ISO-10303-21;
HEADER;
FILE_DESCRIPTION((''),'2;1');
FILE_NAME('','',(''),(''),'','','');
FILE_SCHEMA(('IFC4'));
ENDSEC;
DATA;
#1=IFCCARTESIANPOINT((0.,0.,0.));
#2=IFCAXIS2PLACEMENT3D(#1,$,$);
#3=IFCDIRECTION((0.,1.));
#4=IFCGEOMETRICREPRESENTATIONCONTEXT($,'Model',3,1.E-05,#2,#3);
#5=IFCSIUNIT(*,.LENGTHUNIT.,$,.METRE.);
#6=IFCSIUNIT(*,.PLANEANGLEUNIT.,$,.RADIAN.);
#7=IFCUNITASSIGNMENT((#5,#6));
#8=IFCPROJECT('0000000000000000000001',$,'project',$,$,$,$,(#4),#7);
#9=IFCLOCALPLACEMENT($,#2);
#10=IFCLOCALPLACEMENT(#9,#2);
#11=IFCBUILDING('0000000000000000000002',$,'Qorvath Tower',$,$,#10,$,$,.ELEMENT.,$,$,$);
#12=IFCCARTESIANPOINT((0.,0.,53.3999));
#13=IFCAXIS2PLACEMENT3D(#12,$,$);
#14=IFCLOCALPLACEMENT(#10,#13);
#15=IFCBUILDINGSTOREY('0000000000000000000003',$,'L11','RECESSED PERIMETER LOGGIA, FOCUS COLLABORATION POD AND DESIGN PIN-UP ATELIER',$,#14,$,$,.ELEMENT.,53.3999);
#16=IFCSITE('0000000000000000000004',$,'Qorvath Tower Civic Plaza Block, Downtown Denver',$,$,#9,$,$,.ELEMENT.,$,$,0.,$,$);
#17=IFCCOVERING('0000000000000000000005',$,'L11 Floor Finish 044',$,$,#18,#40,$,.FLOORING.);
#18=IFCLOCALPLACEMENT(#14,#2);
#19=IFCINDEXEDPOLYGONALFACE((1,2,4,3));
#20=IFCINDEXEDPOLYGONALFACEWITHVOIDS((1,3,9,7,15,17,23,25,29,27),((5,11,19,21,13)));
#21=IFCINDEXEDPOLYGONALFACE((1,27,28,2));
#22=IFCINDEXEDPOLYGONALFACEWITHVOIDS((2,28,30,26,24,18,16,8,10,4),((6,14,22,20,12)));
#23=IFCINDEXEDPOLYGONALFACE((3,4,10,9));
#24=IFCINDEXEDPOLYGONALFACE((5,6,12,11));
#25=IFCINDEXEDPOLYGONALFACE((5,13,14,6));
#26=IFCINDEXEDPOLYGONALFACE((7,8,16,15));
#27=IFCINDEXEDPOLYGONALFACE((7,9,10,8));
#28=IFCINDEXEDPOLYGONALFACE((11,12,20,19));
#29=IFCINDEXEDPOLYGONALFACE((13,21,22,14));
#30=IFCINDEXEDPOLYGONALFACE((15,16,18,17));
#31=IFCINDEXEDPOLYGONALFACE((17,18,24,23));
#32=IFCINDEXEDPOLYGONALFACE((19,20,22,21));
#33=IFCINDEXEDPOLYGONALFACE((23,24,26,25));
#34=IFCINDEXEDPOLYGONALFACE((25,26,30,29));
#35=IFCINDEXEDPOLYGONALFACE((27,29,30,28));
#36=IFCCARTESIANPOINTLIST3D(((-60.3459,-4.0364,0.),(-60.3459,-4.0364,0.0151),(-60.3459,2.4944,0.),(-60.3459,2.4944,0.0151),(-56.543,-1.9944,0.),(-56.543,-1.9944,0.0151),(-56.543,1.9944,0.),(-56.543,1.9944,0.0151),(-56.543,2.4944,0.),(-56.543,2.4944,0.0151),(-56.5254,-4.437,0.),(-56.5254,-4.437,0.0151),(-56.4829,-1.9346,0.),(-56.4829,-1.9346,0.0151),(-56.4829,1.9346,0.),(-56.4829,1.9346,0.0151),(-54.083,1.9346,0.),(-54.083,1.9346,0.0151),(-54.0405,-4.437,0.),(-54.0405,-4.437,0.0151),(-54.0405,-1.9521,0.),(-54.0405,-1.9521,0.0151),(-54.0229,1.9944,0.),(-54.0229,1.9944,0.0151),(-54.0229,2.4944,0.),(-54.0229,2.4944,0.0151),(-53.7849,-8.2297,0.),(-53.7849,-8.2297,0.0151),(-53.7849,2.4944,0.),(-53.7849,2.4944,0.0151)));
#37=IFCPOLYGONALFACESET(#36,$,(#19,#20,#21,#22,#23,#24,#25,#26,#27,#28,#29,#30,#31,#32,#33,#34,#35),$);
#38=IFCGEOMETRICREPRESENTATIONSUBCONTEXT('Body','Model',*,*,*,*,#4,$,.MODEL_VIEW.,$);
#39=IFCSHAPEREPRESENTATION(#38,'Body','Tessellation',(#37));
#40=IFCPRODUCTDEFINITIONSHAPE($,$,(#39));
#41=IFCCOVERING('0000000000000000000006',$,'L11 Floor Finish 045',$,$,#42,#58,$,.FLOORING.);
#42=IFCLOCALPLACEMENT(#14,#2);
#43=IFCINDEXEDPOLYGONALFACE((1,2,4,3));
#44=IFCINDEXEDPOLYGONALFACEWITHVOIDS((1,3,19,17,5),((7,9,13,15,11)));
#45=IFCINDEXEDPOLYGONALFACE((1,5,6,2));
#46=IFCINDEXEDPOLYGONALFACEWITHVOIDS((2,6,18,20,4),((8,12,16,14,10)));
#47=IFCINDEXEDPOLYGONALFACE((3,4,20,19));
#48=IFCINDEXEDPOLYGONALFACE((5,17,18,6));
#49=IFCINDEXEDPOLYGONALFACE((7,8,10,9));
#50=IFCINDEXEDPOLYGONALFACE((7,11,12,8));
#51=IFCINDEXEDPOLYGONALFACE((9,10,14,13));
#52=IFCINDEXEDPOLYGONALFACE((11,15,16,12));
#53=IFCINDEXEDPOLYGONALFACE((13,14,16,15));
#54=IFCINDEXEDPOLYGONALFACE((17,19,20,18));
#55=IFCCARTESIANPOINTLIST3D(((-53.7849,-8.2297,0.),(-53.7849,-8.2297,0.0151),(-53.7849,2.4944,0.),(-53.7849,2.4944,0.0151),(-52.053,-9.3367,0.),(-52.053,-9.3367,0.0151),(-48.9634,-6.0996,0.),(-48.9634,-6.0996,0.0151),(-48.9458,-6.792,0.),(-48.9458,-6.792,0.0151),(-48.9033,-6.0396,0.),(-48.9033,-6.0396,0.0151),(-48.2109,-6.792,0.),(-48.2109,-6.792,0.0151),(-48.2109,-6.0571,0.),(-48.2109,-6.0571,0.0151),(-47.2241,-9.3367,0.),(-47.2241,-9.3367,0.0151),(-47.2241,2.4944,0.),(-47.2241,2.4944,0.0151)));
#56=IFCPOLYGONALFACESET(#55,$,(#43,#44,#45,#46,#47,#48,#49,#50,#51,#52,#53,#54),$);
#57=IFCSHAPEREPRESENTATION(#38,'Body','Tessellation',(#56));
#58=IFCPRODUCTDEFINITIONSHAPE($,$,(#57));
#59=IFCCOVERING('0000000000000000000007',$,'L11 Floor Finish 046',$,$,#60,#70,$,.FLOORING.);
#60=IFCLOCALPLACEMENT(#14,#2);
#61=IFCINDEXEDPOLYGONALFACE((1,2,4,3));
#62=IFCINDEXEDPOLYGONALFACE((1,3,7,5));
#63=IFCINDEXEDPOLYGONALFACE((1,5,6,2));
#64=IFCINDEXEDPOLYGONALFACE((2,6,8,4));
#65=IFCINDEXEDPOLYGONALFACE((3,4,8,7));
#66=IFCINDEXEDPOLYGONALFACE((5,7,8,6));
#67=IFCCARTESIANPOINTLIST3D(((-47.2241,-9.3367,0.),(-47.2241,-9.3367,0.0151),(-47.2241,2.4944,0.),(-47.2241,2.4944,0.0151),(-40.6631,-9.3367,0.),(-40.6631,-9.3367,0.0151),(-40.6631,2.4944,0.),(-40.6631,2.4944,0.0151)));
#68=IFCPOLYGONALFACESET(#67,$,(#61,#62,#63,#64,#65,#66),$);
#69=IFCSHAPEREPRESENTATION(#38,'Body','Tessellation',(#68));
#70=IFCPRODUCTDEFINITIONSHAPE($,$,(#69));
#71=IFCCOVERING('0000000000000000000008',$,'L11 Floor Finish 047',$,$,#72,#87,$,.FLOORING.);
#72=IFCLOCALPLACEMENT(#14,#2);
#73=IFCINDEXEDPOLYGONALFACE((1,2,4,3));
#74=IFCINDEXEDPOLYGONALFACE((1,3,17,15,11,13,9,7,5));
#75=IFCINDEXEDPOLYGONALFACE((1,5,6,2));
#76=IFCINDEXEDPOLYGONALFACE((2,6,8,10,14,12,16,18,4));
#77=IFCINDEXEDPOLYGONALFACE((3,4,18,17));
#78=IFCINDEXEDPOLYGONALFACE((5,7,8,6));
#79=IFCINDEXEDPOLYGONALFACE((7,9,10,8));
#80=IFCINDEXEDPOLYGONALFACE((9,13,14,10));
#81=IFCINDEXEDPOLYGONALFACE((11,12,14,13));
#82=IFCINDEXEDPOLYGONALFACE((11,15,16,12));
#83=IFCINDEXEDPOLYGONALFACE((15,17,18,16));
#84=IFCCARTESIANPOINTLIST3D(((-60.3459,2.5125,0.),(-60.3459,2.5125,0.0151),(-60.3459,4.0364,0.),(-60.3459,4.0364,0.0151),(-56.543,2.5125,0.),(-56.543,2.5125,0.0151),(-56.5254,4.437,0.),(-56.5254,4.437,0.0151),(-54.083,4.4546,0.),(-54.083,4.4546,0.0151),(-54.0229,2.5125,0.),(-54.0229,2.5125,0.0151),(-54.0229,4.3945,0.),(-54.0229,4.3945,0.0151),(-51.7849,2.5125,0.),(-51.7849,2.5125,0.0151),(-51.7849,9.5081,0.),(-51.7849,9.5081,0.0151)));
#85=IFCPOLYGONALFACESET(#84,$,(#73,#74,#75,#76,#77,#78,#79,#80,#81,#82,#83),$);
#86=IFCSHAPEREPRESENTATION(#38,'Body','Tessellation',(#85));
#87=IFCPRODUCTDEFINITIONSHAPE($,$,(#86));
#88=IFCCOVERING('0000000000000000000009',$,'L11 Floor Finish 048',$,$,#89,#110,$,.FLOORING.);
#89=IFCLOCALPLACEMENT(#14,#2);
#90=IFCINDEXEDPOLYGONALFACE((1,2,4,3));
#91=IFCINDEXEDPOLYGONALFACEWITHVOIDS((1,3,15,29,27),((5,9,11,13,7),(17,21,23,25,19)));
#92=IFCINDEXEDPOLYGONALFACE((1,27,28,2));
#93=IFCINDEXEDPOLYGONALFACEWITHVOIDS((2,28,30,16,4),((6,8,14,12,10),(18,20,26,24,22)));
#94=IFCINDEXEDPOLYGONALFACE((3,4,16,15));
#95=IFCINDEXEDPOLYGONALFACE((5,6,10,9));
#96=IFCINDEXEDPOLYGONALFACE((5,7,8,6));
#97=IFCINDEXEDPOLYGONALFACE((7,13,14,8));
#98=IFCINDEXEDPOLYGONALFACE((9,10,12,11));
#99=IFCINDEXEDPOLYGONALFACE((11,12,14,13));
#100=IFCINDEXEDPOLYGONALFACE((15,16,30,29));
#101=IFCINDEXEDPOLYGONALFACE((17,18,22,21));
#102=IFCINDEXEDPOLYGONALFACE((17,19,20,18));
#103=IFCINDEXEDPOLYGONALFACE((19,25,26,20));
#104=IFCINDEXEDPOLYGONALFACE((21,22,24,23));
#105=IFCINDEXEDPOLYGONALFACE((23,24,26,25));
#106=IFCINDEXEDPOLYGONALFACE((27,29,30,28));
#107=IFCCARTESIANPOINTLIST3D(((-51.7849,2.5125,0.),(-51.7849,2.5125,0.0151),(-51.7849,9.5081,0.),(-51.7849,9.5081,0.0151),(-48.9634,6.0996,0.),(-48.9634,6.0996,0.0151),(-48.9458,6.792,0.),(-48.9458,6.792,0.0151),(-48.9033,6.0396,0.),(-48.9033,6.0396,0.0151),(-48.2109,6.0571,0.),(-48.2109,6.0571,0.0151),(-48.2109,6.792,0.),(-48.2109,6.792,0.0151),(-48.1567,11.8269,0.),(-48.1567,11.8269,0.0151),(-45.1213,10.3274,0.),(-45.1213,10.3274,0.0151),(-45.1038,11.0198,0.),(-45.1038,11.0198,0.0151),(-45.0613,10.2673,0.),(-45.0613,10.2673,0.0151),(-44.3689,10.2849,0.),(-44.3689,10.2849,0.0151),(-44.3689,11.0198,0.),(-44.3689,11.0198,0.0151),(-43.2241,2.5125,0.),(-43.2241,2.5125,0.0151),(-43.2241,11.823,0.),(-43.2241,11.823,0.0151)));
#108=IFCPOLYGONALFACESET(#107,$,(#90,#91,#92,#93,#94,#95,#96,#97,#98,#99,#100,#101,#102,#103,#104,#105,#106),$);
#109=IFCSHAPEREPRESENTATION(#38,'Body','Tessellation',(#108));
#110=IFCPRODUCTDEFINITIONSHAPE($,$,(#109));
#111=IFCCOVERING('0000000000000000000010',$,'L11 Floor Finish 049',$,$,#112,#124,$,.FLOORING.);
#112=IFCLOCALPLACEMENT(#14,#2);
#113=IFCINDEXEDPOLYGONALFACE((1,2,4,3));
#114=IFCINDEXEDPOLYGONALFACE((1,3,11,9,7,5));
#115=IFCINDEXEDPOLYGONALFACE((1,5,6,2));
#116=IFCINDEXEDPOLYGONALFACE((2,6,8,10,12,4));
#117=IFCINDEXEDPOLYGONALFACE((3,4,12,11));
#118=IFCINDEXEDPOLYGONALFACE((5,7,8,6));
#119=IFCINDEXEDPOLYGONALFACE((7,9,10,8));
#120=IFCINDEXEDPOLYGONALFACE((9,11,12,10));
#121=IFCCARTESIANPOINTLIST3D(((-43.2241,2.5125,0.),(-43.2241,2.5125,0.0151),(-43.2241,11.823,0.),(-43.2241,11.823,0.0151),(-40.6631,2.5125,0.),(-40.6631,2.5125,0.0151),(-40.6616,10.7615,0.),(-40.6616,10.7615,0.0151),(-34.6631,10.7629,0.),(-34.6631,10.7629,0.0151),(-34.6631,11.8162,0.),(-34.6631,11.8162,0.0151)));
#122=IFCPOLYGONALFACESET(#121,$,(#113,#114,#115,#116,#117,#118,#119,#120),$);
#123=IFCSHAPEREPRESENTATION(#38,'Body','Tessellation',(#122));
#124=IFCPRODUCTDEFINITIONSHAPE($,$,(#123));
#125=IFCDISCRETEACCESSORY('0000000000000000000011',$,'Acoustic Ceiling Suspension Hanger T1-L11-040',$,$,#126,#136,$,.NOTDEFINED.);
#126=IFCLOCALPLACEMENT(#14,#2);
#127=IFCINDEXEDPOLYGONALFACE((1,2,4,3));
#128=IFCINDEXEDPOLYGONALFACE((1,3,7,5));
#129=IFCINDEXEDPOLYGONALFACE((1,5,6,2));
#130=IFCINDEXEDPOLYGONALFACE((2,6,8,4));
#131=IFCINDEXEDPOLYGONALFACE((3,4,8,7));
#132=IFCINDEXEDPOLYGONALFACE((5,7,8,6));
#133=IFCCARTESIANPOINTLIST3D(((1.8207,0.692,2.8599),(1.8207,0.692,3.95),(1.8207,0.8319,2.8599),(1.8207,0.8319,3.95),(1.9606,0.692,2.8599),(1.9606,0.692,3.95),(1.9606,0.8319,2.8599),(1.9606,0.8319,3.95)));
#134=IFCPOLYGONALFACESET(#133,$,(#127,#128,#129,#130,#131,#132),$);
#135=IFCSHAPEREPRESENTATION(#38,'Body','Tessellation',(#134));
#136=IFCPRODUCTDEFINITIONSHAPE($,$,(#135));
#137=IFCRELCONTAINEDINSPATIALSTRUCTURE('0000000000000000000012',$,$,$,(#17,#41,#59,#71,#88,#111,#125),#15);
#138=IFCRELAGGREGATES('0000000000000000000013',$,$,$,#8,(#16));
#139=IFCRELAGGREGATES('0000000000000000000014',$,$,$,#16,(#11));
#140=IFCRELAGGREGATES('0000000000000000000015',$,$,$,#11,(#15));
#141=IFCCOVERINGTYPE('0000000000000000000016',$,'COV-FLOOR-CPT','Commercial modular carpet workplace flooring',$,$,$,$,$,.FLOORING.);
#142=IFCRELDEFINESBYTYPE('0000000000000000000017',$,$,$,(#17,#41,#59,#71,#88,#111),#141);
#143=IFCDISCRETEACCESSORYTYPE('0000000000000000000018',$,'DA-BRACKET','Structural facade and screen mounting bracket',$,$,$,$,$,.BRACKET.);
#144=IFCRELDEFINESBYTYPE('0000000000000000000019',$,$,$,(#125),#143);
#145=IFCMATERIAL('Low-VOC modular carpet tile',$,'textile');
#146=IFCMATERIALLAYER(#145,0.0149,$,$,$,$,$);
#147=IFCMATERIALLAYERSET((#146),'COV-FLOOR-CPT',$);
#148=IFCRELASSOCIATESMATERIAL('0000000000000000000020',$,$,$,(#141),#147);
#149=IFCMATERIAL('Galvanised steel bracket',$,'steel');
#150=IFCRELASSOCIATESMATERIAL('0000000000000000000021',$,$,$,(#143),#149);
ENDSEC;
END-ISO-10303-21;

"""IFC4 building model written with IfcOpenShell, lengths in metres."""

from ifc_helpers import new_model, si_unit, direction, frame, origin, origin_2d, place, context, subcontext, project, spatial, polyline, rectangle, outline, extrude, material, layer, layer_set, type_object, element, save


model = new_model("IFC4")

# Units and contexts
model_context = context("Model", 3, precision=1e-05, world=origin(), true_north=direction((0.0, 1.0)))
body_context = subcontext(model_context, "Body", "Model", "MODEL_VIEW")
ifc_project = project(units=[si_unit("LENGTHUNIT", "METRE"), si_unit("PLANEANGLEUNIT", "RADIAN")], contexts=[model_context])

# Site, building, storey
site_placement = place(None, origin())
site = spatial("IfcSite", under=ifc_project, at=site_placement, Name="Qorvath Tower Civic Plaza Block, Downtown Denver", CompositionType="ELEMENT", RefElevation=0.0)
building_placement = place(site_placement, origin())
building = spatial("IfcBuilding", under=site, at=building_placement, Name="Qorvath Tower", CompositionType="ELEMENT")
storey_placement = place(building_placement, frame((0.0, 0.0, 53.3999)))
storey = spatial("IfcBuildingStorey", under=building, at=storey_placement, Name="L11", Description="RECESSED PERIMETER LOGGIA, FOCUS COLLABORATION POD AND DESIGN PIN-UP ATELIER", CompositionType="ELEMENT", Elevation=53.3999)

# Coverings
ifc_material_1 = material(Name="Low-VOC modular carpet tile", Category="textile")
ifc_layer_1 = layer(ifc_material_1, 0.0149)
ifc_layer_set_1 = layer_set([ifc_layer_1], Name="COV-FLOOR-CPT")
covering_type_1 = type_object("IfcCoveringType", Name="COV-FLOOR-CPT", Description="Commercial modular carpet workplace flooring", PredefinedType="FLOORING", material=ifc_layer_set_1)
covering_1_placement = place(storey_placement, origin())
element("IfcCovering", 1, at=covering_1_placement, inside=storey, type_object=covering_type_1, Name="L11 Floor Finish 044", PredefinedType="FLOORING", context=body_context, shape_type="SweptSolid", body=[
    extrude(outline(polyline([(-56.543, 2.4944), (-60.3459, 2.4944), (-60.3459, -4.0364), (-53.7849, -8.2297), (-53.7849, 2.4944), (-54.0229, 2.4944), (-54.0229, 1.9944), (-54.083, 1.9346), (-56.4829, 1.9346), (-56.543, 1.9944), (-56.543, 2.4944)]), holes=[polyline([(-56.543, -1.9944), (-56.4829, -1.9346), (-54.0405, -1.9521), (-54.0405, -4.437), (-56.5254, -4.437), (-56.543, -1.9944)])]), origin(), (0.0, 0.0, 1.0), 0.0151),
])
covering_2_placement = place(storey_placement, origin())
element("IfcCovering", 2, at=covering_2_placement, inside=storey, type_object=covering_type_1, Name="L11 Floor Finish 045", PredefinedType="FLOORING", context=body_context, shape_type="SweptSolid", body=[
    extrude(outline(polyline([(-53.7849, 2.4944), (-53.7849, -8.2297), (-52.053, -9.3367), (-47.2241, -9.3367), (-47.2241, 2.4944), (-53.7849, 2.4944)]), holes=[polyline([(-48.9634, -6.0996), (-48.9033, -6.0396), (-48.2109, -6.0571), (-48.2109, -6.792), (-48.9458, -6.792), (-48.9634, -6.0996)])]), origin(), (0.0, 0.0, 1.0), 0.0151),
])
covering_3_placement = place(storey_placement, origin())
element("IfcCovering", 3, at=covering_3_placement, inside=storey, type_object=covering_type_1, Name="L11 Floor Finish 046", PredefinedType="FLOORING", context=body_context, shape_type="SweptSolid", body=[
    extrude(outline(polyline([(-47.2241, 2.4944), (-47.2241, -9.3367), (-40.6631, -9.3367), (-40.6631, 2.4944), (-47.2241, 2.4944)])), origin(), (0.0, 0.0, 1.0), 0.0151),
])
covering_4_placement = place(storey_placement, origin())
element("IfcCovering", 4, at=covering_4_placement, inside=storey, type_object=covering_type_1, Name="L11 Floor Finish 047", PredefinedType="FLOORING", context=body_context, shape_type="SweptSolid", body=[
    extrude(outline(polyline([(-60.3459, 4.0364), (-60.3459, 2.5125), (-56.543, 2.5125), (-56.5254, 4.437), (-54.083, 4.4546), (-54.0229, 4.3945), (-54.0229, 2.5125), (-51.7849, 2.5125), (-51.7849, 9.5081), (-60.3459, 4.0364)])), origin(), (0.0, 0.0, 1.0), 0.0151),
])
covering_5_placement = place(storey_placement, origin())
element("IfcCovering", 5, at=covering_5_placement, inside=storey, type_object=covering_type_1, Name="L11 Floor Finish 048", PredefinedType="FLOORING", context=body_context, shape_type="SweptSolid", body=[
    extrude(outline(polyline([(-51.7849, 9.5081), (-51.7849, 2.5125), (-43.2241, 2.5125), (-43.2241, 11.823), (-48.1567, 11.8269), (-51.7849, 9.5081)]), holes=[polyline([(-45.1213, 10.3274), (-45.1038, 11.0198), (-44.3689, 11.0198), (-44.3689, 10.2849), (-45.0613, 10.2673), (-45.1213, 10.3274)]), polyline([(-48.9634, 6.0996), (-48.9458, 6.792), (-48.2109, 6.792), (-48.2109, 6.0571), (-48.9033, 6.0396), (-48.9634, 6.0996)])]), origin(), (0.0, 0.0, 1.0), 0.0151),
])
covering_6_placement = place(storey_placement, origin())
element("IfcCovering", 6, at=covering_6_placement, inside=storey, type_object=covering_type_1, Name="L11 Floor Finish 049", PredefinedType="FLOORING", context=body_context, shape_type="SweptSolid", body=[
    extrude(outline(polyline([(-43.2241, 11.823), (-43.2241, 2.5125), (-40.6631, 2.5125), (-40.6616, 10.7615), (-34.6631, 10.7629), (-34.6631, 11.8162), (-43.2241, 11.823)])), origin(), (0.0, 0.0, 1.0), 0.0151),
])

# Discrete accessory
ifc_material_2 = material(Name="Galvanised steel bracket", Category="steel")
discrete_accessory_type = type_object("IfcDiscreteAccessoryType", Name="DA-BRACKET", Description="Structural facade and screen mounting bracket", PredefinedType="BRACKET", material=ifc_material_2)
discrete_accessory_placement = place(storey_placement, frame((1.8906, 0.762, 2.8599), z_axis=(0.0, 0.0, 1.0), x_axis=(1.0, 0.0, 0.0)))
element("IfcDiscreteAccessory", 7, at=discrete_accessory_placement, inside=storey, type_object=discrete_accessory_type, Name="Acoustic Ceiling Suspension Hanger T1-L11-040", PredefinedType="NOTDEFINED", context=body_context, shape_type="SweptSolid", body=[
    extrude(rectangle(XDim=0.1399, YDim=0.1399, at=origin_2d()), origin(), (0.0, 0.0, 1.0), 1.0901),
])

save(model, "model.ifc")
